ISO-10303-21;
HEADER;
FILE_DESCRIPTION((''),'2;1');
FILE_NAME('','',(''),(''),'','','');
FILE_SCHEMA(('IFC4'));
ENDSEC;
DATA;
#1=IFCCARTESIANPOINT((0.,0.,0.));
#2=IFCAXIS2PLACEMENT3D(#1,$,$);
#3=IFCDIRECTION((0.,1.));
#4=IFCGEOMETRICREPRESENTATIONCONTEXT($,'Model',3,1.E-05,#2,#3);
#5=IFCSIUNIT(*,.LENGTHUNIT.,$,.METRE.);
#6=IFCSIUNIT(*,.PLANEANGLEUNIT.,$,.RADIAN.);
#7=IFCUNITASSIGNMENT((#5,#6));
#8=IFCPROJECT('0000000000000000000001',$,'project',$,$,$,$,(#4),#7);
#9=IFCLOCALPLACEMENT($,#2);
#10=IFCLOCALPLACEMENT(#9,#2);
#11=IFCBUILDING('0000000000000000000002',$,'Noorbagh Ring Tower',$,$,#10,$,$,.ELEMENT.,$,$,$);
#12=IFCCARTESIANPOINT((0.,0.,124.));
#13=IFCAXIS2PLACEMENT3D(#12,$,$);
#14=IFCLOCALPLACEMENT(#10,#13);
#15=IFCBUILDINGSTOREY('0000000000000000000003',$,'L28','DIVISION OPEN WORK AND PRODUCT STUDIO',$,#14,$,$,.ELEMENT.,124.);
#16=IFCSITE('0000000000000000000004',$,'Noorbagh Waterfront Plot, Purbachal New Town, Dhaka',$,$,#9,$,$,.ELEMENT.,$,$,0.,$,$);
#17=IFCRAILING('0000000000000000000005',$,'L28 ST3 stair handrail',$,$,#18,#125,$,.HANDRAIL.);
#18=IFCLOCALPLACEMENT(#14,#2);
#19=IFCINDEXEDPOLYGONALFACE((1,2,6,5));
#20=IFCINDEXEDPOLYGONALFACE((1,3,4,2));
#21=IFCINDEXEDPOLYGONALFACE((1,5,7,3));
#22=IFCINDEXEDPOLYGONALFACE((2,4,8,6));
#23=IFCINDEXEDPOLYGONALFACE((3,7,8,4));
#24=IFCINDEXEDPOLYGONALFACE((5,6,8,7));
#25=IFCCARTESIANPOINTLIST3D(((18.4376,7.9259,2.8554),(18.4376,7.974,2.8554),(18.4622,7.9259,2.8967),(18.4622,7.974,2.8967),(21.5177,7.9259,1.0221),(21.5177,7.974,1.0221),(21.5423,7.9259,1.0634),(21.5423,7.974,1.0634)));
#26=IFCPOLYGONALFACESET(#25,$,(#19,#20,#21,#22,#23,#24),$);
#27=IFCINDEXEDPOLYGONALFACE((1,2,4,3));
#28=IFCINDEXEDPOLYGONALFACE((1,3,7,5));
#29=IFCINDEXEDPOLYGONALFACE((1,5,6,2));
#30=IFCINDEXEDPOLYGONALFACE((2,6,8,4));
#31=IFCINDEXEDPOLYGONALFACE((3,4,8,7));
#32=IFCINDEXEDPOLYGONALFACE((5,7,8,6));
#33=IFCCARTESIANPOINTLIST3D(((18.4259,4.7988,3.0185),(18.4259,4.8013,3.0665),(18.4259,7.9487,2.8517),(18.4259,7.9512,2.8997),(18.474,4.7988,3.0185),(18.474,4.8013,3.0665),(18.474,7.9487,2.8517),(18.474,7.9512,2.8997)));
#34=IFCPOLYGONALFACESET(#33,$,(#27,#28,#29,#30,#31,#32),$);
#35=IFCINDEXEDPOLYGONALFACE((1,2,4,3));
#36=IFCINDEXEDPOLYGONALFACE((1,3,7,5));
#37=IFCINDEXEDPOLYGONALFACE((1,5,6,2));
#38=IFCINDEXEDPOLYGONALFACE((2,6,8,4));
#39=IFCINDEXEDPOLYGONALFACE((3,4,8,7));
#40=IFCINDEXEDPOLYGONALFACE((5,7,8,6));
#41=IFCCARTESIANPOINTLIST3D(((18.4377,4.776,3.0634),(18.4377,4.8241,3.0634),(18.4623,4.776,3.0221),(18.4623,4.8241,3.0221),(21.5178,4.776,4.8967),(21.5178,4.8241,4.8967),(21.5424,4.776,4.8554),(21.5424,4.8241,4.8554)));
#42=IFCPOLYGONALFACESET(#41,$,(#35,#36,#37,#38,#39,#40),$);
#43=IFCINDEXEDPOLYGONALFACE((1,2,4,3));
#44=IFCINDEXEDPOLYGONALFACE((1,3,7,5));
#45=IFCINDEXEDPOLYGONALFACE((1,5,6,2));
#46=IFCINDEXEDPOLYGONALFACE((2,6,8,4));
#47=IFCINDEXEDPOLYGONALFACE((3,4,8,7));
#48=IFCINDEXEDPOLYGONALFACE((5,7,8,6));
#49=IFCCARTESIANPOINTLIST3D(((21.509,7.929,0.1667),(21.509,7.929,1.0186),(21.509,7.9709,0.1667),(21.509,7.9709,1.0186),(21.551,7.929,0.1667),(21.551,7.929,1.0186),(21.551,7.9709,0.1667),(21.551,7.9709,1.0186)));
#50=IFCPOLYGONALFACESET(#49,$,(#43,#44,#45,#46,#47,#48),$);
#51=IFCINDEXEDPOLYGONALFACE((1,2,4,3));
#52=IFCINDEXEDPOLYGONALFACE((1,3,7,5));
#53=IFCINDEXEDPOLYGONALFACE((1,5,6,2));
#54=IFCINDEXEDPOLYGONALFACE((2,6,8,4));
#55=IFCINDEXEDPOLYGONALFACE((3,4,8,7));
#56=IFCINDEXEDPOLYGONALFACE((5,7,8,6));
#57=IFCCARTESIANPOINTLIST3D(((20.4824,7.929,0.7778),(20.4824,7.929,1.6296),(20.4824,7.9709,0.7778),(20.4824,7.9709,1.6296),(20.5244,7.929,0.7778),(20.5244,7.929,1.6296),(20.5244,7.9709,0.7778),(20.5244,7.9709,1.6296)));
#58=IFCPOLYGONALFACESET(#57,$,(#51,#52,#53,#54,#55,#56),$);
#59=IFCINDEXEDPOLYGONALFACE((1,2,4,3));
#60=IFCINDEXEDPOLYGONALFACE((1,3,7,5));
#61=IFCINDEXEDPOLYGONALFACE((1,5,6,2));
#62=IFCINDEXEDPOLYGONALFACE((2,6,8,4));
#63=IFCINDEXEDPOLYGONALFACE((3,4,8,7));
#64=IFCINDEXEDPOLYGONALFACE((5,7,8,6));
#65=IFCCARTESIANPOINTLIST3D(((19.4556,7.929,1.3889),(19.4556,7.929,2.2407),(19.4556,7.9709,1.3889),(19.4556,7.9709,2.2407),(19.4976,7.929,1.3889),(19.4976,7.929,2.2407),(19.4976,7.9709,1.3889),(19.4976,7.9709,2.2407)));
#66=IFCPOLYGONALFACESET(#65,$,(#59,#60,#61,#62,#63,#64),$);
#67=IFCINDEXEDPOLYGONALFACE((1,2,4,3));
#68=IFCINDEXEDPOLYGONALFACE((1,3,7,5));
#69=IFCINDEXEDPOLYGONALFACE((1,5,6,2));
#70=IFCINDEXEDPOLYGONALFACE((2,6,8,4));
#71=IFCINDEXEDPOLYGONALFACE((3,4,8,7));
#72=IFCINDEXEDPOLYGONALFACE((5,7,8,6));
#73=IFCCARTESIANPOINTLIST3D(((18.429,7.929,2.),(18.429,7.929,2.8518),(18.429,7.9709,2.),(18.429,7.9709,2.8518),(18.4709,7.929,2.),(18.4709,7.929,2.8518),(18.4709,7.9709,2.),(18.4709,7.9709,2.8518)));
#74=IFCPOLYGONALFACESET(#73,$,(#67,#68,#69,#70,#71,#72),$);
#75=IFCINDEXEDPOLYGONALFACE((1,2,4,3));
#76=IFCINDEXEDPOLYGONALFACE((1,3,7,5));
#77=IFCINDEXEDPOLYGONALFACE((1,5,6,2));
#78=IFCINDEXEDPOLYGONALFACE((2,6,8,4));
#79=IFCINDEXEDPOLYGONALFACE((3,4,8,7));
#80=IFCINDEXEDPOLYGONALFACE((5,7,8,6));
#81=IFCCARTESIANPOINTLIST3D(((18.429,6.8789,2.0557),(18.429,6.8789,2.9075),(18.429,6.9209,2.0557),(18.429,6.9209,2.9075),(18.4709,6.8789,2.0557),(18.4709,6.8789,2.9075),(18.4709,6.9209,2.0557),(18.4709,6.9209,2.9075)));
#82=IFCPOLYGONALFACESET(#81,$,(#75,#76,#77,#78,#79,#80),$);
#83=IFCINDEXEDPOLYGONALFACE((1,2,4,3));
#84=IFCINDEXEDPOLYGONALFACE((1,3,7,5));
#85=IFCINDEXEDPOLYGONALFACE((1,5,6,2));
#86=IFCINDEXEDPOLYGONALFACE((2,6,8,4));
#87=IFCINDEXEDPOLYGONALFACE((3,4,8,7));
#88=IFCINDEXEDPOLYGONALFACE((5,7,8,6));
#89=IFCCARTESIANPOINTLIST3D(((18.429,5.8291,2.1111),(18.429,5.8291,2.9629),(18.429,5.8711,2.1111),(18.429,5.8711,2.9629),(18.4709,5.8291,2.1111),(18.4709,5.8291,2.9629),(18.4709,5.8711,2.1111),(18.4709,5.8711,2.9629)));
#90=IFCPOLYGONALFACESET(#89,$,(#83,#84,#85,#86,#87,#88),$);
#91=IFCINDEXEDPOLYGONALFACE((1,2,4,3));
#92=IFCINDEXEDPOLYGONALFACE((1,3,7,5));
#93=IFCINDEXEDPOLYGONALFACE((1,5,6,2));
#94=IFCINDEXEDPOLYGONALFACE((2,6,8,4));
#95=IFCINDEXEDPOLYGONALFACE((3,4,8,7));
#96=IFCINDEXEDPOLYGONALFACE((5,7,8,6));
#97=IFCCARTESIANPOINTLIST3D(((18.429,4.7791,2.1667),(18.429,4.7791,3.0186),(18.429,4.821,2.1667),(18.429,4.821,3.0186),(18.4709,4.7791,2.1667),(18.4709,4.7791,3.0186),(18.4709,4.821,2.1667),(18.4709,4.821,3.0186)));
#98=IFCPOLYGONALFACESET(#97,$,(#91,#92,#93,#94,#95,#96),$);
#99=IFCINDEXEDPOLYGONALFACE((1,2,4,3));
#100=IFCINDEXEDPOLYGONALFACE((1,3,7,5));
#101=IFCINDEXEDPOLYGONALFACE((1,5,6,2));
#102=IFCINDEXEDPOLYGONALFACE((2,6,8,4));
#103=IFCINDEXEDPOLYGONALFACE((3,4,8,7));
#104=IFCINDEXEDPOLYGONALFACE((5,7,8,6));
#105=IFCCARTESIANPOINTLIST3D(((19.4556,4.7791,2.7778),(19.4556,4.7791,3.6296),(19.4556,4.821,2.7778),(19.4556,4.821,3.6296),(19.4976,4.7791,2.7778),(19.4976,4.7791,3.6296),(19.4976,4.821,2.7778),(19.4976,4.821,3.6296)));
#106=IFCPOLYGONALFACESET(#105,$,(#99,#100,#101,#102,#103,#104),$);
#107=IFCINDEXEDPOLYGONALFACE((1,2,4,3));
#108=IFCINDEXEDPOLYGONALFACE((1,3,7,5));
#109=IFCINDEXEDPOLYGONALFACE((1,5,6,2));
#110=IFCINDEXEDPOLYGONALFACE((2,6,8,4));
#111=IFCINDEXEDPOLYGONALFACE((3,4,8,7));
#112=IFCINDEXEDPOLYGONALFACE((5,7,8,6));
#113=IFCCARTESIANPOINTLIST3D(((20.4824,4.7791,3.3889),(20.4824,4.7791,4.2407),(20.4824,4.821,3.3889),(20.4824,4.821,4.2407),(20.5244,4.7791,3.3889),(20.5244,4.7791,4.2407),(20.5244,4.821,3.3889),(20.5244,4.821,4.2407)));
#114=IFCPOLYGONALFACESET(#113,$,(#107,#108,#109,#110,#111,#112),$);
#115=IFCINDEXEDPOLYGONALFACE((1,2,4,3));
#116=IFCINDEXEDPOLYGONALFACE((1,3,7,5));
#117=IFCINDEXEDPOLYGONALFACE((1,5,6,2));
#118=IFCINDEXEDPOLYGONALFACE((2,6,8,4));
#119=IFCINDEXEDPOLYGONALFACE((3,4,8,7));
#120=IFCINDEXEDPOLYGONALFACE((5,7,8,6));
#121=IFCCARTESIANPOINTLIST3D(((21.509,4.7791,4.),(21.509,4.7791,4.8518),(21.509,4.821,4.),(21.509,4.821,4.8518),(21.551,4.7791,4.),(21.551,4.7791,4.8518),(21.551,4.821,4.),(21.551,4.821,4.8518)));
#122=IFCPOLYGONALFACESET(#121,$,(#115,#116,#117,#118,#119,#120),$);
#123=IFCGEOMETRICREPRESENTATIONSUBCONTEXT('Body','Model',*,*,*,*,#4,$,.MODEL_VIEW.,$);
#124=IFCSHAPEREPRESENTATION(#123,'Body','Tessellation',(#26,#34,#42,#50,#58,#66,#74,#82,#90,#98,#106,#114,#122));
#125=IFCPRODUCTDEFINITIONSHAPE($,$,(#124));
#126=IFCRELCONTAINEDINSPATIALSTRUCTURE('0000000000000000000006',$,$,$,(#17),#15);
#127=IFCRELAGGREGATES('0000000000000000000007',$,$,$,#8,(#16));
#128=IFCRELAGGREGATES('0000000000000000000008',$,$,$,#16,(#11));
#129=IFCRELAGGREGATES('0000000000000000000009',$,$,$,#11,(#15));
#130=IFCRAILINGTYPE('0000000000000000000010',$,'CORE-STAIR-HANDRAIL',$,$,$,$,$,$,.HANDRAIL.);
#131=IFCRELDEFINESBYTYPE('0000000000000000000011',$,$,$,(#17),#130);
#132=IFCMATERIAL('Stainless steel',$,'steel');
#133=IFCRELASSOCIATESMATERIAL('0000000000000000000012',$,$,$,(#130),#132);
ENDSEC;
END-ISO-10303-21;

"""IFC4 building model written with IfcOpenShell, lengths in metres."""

from ifc_helpers import new_model, si_unit, direction, frame, origin, origin_2d, place, context, subcontext, project, spatial, rectangle, extrude, material, type_object, element, save


model = new_model("IFC4")

# Units and contexts
model_context = context("Model", 3, precision=1e-05, world=origin(), true_north=direction((0.0, 1.0)))
body_context = subcontext(model_context, "Body", "Model", "MODEL_VIEW")
ifc_project = project(units=[si_unit("LENGTHUNIT", "METRE"), si_unit("PLANEANGLEUNIT", "RADIAN")], contexts=[model_context])

# Site, building, storey
site_placement = place(None, origin())
site = spatial("IfcSite", under=ifc_project, at=site_placement, Name="Noorbagh Waterfront Plot, Purbachal New Town, Dhaka", CompositionType="ELEMENT", RefElevation=0.0)
building_placement = place(site_placement, origin())
building = spatial("IfcBuilding", under=site, at=building_placement, Name="Noorbagh Ring Tower", CompositionType="ELEMENT")
storey_placement = place(building_placement, frame((0.0, 0.0, 124.0)))
storey = spatial("IfcBuildingStorey", under=building, at=storey_placement, Name="L28", Description="DIVISION OPEN WORK AND PRODUCT STUDIO", CompositionType="ELEMENT", Elevation=124.0)

# Railing
ifc_material_1 = material(Name="Stainless steel", Category="steel")
railing_type = type_object("IfcRailingType", Name="CORE-STAIR-HANDRAIL", PredefinedType="HANDRAIL", material=ifc_material_1)
railing_placement = place(storey_placement, frame((21.53, 7.95, 0.1667)))
element("IfcRailing", 1, at=railing_placement, inside=storey, type_object=railing_type, Name="L28 ST3 stair handrail", PredefinedType="HANDRAIL", context=body_context, shape_type="SweptSolid", body=[
    extrude(rectangle(XDim=0.0481, YDim=0.0481, at=origin_2d()), frame((0.0, 0.0, 0.876), z_axis=(-0.859309, 0.0, 0.511458), x_axis=(0.0, -1.0, 0.0)), (0.0, 0.0, 1.0), 3.5845),
    extrude(rectangle(XDim=0.0481, YDim=0.0481, at=origin_2d()), frame((-3.0801, 0.0, 2.709), z_axis=(0.0, -0.998602, 0.052864), x_axis=(1.0, 0.0, 0.0)), (0.0, 0.0, 1.0), 3.1543),
    extrude(rectangle(XDim=0.0481, YDim=0.0481, at=origin_2d()), frame((-3.0801, -3.1499, 2.876), z_axis=(0.859309, 0.0, 0.511458), x_axis=(0.0, 1.0, 0.0)), (0.0, 0.0, 1.0), 3.5845),
    extrude(rectangle(XDim=0.042, YDim=0.042, at=origin_2d()), origin(), (0.0, 0.0, 1.0), 0.8518),
    extrude(rectangle(XDim=0.042, YDim=0.042, at=origin_2d()), frame((-1.0266, 0.0, 0.6111)), (0.0, 0.0, 1.0), 0.8518),
    extrude(rectangle(XDim=0.042, YDim=0.042, at=origin_2d()), frame((-2.0535, 0.0, 1.2222)), (0.0, 0.0, 1.0), 0.8518),
    extrude(rectangle(XDim=0.042, YDim=0.042, at=origin_2d()), frame((-3.0801, 0.0, 1.8333)), (0.0, 0.0, 1.0), 0.8518),
    extrude(rectangle(XDim=0.042, YDim=0.042, at=origin_2d()), frame((-3.0801, -1.05, 1.8889)), (0.0, 0.0, 1.0), 0.8518),
    extrude(rectangle(XDim=0.042, YDim=0.042, at=origin_2d()), frame((-3.0801, -2.0999, 1.9443)), (0.0, 0.0, 1.0), 0.8518),
    extrude(rectangle(XDim=0.042, YDim=0.042, at=origin_2d()), frame((-3.0801, -3.1499, 2.0)), (0.0, 0.0, 1.0), 0.8518),
    extrude(rectangle(XDim=0.042, YDim=0.042, at=origin_2d()), frame((-2.0535, -3.1499, 2.6111)), (0.0, 0.0, 1.0), 0.8518),
    extrude(rectangle(XDim=0.042, YDim=0.042, at=origin_2d()), frame((-1.0266, -3.1499, 3.2222)), (0.0, 0.0, 1.0), 0.8518),
    extrude(rectangle(XDim=0.042, YDim=0.042, at=origin_2d()), frame((0.0, -3.1499, 3.8333)), (0.0, 0.0, 1.0), 0.8518),
])

save(model, "model.ifc")
